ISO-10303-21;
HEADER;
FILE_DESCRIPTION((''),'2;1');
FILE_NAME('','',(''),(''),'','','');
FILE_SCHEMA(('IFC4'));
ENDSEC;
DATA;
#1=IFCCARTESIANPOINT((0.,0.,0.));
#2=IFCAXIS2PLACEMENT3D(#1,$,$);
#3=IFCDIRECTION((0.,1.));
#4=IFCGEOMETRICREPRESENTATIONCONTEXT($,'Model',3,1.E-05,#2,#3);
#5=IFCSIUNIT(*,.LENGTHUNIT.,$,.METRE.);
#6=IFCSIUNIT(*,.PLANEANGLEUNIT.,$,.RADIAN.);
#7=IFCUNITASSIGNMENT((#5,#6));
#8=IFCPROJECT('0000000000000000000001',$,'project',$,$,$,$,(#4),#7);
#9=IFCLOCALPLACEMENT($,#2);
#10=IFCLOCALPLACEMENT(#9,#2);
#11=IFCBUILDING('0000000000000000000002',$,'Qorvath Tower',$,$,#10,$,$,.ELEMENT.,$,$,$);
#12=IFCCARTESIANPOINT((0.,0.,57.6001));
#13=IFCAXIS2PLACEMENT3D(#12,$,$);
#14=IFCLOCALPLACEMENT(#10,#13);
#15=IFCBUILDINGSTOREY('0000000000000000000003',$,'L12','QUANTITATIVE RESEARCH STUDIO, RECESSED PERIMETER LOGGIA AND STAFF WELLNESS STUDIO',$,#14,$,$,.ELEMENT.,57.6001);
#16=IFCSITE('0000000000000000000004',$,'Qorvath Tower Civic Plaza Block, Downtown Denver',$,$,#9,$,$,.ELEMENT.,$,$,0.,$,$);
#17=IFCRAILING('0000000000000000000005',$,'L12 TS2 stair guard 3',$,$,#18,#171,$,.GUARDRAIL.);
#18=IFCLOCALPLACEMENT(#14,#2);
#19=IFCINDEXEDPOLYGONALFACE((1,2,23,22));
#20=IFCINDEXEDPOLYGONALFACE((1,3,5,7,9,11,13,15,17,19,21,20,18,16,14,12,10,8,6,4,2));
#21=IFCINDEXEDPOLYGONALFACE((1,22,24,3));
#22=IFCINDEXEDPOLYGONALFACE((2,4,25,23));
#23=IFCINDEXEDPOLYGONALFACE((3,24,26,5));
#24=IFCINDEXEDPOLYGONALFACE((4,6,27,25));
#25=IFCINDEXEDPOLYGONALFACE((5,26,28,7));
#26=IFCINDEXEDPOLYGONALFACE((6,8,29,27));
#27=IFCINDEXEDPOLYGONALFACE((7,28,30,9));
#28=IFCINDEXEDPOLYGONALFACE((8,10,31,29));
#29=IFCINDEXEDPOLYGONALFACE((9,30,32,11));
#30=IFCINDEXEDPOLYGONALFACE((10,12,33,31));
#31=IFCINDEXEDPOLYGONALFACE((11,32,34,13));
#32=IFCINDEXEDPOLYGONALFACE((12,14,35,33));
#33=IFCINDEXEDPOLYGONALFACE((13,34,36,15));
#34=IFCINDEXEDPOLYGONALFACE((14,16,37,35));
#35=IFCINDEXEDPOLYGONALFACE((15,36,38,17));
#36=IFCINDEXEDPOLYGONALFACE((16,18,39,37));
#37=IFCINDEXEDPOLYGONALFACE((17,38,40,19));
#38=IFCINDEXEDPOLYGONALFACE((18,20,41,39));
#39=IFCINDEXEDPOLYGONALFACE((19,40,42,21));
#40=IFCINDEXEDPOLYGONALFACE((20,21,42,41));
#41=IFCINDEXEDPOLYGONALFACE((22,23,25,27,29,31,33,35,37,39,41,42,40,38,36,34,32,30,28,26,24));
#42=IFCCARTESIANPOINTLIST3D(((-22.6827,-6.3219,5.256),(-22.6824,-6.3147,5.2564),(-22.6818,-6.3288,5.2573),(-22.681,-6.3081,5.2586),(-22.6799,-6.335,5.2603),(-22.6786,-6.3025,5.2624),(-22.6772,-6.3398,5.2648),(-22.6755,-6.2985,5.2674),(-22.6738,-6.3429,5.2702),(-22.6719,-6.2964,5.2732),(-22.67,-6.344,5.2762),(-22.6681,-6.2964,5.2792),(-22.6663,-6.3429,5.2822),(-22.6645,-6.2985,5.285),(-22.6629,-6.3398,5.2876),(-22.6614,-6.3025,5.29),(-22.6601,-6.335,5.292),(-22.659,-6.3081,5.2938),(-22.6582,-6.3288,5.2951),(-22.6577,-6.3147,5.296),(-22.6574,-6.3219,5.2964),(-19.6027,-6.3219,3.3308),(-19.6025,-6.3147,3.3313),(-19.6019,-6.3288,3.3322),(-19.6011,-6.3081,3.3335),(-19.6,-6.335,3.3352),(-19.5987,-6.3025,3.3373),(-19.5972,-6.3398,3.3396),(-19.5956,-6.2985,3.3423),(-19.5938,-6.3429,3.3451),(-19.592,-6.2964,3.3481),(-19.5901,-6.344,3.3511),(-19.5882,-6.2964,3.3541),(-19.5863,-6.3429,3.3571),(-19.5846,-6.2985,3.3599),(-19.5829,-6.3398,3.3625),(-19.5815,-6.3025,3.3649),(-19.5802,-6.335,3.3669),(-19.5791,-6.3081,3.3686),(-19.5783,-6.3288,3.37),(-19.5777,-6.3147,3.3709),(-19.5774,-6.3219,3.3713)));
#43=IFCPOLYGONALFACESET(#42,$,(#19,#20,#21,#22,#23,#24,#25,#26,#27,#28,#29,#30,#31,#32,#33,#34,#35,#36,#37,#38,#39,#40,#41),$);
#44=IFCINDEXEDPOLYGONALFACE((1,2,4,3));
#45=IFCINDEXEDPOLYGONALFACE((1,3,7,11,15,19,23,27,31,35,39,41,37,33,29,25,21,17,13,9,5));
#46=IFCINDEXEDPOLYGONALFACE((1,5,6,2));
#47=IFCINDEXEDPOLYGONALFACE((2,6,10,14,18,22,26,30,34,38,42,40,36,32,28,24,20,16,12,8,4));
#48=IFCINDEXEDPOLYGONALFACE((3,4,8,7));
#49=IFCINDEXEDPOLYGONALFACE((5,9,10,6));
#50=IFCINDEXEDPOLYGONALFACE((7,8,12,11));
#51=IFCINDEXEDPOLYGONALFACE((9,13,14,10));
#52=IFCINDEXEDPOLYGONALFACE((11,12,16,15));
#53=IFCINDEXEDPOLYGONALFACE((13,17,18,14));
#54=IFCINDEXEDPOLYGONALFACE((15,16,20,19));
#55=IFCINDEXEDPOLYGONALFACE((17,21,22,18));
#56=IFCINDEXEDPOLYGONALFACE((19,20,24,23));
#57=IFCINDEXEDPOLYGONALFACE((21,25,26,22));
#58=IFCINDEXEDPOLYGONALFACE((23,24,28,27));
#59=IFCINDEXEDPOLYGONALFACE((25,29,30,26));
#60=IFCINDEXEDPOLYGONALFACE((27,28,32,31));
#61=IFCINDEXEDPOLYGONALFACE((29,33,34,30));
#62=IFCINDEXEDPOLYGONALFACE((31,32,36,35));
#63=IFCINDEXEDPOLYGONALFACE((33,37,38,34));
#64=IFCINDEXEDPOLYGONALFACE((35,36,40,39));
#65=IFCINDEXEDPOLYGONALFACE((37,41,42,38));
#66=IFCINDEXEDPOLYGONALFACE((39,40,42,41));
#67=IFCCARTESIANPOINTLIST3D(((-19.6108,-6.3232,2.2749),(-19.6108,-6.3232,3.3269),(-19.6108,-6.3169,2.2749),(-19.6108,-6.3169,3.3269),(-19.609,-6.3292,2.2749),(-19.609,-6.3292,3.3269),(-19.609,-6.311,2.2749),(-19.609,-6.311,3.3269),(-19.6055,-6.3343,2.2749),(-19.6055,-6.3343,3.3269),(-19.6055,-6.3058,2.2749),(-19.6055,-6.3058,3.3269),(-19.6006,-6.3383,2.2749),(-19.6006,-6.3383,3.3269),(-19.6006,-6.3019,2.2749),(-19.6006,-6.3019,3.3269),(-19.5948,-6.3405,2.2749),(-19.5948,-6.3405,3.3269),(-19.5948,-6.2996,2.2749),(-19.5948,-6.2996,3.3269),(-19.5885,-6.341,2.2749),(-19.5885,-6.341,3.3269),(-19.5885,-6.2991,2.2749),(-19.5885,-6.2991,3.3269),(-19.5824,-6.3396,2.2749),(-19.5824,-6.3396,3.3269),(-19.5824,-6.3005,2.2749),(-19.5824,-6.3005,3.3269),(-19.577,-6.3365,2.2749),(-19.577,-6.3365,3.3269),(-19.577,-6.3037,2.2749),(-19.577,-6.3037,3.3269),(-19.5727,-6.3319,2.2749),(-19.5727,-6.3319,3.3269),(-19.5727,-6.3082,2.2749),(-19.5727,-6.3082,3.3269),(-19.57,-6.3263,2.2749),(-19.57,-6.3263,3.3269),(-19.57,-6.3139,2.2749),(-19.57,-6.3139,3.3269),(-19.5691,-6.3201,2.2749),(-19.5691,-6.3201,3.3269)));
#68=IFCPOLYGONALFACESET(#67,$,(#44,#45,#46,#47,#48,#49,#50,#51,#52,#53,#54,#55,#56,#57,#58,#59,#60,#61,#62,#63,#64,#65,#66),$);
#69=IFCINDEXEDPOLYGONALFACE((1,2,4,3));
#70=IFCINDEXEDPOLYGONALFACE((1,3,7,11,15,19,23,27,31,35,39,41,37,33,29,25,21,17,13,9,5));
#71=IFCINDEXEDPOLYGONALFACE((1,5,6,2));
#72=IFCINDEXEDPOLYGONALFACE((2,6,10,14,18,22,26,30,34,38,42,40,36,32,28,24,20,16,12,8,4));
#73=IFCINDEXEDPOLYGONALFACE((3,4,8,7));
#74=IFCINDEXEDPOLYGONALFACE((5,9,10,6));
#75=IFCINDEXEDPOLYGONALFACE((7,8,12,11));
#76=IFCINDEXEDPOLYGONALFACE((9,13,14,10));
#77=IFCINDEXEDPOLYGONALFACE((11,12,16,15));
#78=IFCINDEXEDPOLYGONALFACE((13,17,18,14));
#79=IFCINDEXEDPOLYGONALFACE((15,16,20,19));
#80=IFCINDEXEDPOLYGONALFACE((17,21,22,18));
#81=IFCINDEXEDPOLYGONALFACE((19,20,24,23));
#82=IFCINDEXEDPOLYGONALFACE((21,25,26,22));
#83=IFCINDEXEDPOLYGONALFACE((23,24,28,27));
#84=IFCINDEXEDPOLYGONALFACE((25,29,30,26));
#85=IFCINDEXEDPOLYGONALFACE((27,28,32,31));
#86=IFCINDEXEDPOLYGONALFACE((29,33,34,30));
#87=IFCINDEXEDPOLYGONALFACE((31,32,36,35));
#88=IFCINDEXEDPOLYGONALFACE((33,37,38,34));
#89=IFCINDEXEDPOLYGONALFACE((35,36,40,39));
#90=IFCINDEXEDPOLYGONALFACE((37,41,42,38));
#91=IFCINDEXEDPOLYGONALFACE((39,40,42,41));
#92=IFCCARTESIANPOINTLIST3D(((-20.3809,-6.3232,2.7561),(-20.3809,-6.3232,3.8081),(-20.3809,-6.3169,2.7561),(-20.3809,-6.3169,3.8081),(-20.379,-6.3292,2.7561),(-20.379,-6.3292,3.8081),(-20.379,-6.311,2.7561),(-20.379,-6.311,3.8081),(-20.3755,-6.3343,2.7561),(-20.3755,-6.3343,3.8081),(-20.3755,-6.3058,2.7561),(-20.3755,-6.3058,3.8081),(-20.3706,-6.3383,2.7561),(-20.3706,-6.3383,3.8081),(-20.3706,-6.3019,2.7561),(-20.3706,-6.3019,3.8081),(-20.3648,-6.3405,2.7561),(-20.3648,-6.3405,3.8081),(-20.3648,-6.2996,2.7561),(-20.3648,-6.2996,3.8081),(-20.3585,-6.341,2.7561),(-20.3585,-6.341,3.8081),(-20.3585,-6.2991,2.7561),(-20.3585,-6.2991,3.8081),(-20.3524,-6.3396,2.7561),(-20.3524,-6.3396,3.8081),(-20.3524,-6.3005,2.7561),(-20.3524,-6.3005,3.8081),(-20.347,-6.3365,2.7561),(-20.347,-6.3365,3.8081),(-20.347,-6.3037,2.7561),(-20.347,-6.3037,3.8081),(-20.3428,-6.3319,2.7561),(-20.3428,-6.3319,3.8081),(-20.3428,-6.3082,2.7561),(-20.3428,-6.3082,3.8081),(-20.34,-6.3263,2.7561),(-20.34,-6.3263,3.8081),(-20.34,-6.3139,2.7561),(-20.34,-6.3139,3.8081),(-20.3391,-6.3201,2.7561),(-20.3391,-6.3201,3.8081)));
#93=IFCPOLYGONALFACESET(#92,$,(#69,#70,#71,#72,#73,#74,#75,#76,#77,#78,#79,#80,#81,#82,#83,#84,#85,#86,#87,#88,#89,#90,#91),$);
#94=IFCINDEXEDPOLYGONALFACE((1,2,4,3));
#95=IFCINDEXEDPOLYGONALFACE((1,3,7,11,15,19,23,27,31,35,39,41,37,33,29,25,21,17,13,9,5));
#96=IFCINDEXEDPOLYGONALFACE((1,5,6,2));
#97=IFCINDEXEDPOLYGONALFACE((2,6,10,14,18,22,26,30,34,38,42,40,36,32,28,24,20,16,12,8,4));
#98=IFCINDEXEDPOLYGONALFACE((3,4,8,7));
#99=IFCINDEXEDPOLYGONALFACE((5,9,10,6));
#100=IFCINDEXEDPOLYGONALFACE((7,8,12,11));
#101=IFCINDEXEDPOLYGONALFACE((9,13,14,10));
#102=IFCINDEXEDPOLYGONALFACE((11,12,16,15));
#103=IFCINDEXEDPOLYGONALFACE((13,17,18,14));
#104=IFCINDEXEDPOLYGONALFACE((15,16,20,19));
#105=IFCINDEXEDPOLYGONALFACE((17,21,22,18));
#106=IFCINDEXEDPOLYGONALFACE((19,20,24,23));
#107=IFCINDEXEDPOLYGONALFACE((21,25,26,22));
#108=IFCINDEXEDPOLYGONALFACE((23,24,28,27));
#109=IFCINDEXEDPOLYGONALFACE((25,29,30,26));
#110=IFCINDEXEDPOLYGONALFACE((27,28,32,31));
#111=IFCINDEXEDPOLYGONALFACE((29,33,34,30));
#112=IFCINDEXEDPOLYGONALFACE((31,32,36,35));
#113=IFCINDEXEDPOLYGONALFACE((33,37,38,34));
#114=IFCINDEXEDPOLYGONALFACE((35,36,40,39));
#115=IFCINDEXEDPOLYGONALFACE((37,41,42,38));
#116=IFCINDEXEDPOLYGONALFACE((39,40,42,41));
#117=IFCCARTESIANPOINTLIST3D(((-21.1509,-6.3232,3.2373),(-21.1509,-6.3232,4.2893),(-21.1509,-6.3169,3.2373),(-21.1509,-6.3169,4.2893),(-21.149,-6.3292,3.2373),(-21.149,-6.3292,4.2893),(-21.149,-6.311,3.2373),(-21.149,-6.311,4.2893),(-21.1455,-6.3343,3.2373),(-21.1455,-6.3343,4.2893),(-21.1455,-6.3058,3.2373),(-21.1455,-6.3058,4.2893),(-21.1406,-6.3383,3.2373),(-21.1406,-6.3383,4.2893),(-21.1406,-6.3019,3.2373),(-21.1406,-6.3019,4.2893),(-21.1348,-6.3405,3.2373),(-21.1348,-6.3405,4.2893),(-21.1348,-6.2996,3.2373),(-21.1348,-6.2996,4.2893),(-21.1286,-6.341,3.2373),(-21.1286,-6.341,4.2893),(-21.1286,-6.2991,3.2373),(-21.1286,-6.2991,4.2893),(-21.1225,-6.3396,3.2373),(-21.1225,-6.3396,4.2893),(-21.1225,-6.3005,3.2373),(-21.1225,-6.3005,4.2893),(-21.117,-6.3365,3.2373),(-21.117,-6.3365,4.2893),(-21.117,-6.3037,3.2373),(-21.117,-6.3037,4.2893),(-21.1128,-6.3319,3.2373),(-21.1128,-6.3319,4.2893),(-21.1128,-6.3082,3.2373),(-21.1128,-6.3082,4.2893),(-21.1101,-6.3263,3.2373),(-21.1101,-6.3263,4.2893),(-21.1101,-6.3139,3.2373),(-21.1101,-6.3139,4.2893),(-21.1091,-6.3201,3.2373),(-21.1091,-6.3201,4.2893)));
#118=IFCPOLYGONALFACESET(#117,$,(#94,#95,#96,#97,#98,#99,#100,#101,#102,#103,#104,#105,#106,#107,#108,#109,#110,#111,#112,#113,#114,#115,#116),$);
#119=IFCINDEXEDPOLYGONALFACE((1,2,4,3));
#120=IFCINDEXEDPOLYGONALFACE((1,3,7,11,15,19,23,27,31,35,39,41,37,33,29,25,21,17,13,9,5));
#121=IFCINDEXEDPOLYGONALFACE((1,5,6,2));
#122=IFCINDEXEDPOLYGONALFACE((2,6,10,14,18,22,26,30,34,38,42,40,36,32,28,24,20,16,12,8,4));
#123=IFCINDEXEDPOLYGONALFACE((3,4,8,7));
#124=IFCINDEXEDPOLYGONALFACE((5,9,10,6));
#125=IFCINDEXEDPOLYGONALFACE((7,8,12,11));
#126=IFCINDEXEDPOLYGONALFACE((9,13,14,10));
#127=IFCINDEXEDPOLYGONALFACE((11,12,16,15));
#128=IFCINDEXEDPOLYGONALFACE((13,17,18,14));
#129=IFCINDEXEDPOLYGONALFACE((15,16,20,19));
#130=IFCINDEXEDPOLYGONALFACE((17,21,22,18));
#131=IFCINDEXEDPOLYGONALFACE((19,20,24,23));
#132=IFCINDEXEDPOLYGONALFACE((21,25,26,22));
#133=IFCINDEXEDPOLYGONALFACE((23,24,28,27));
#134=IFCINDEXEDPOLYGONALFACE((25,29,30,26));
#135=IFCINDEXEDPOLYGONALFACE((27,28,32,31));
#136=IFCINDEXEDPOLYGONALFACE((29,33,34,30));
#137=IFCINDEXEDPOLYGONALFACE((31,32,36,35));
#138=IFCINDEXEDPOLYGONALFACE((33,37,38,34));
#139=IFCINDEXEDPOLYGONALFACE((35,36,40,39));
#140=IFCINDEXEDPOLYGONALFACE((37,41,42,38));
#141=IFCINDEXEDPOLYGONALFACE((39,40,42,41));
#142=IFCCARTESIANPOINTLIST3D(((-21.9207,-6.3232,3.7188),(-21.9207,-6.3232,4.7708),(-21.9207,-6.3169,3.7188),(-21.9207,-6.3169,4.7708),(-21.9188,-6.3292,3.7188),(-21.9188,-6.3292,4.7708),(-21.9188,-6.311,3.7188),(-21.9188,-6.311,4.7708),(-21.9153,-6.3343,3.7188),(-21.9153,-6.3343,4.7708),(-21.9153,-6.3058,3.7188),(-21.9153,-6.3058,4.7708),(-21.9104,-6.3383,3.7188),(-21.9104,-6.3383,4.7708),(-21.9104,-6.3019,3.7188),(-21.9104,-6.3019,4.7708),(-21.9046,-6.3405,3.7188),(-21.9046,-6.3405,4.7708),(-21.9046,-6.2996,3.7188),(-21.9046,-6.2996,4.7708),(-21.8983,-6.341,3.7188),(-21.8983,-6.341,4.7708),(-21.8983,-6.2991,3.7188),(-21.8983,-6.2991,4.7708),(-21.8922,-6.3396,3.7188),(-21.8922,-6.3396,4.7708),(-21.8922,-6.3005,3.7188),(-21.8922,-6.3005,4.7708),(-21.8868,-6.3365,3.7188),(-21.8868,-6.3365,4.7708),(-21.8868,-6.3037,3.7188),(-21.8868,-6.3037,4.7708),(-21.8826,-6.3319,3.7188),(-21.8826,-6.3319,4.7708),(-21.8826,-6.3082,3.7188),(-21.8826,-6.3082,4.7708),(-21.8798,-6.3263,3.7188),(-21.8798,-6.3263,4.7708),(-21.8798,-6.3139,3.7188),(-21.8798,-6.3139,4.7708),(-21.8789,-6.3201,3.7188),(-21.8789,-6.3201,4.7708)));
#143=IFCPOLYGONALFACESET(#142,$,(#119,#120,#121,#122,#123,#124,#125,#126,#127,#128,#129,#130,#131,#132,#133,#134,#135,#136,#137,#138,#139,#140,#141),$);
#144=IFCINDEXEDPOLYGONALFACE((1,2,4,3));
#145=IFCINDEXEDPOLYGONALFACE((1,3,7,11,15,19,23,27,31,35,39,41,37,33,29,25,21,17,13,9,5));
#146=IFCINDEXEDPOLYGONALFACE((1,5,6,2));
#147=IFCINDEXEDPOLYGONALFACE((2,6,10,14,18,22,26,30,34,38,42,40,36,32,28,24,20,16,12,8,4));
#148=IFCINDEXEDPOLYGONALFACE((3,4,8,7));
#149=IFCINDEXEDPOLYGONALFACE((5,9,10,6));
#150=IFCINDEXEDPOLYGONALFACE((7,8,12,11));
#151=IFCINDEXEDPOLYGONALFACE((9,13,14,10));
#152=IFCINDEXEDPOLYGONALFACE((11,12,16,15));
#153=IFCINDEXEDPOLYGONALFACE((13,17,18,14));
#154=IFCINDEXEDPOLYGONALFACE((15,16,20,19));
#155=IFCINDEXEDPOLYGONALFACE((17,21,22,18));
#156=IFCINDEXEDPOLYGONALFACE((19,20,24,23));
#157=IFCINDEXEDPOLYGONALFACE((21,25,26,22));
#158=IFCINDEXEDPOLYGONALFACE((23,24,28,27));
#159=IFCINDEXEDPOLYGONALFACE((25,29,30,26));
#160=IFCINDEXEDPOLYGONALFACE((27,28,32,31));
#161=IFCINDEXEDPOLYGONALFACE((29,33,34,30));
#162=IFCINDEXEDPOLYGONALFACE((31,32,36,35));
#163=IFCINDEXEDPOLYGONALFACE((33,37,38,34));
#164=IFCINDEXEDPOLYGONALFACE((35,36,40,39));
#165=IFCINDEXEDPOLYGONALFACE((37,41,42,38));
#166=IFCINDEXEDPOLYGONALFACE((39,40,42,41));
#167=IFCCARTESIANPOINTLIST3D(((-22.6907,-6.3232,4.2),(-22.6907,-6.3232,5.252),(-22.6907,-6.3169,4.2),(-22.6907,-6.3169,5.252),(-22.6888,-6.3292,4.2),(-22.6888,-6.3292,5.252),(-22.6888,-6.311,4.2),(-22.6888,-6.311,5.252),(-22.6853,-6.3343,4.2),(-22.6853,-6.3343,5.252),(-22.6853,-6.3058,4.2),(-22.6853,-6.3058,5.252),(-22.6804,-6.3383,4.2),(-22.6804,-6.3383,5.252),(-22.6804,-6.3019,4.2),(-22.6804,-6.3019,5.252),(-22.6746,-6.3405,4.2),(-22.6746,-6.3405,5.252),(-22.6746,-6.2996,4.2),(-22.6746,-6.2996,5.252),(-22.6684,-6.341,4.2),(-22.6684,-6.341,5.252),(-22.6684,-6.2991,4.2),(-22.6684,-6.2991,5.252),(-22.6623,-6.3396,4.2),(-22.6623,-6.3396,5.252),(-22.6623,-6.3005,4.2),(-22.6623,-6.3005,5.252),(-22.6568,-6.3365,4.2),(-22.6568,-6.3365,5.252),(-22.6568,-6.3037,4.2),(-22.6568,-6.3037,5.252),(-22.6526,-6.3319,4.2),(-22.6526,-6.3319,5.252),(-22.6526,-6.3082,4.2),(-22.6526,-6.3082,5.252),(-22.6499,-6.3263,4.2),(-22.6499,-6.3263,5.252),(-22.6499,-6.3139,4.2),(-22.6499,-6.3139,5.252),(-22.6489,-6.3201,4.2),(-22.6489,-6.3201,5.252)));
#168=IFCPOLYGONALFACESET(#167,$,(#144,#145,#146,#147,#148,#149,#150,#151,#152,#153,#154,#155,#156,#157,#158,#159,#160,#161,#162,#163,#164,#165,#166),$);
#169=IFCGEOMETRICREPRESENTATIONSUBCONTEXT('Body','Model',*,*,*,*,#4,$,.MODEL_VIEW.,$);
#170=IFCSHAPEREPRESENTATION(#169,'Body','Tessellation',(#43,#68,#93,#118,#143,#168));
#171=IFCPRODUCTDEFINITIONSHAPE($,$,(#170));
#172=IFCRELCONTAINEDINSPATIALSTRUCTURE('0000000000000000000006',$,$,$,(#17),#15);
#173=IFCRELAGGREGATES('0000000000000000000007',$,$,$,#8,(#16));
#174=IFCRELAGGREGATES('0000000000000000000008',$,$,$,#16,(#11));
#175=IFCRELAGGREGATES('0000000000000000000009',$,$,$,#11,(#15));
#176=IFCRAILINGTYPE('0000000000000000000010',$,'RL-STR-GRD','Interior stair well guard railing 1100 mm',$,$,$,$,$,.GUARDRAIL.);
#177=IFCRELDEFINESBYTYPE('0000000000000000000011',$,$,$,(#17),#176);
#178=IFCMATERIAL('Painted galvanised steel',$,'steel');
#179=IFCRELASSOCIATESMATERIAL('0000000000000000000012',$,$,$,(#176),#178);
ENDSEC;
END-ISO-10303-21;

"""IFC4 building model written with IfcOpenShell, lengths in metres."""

from ifc_helpers import new_model, si_unit, direction, frame, origin, origin_2d, place, context, subcontext, project, spatial, circle, extrude, material, type_object, element, save


model = new_model("IFC4")

# Units and contexts
model_context = context("Model", 3, precision=1e-05, world=origin(), true_north=direction((0.0, 1.0)))
body_context = subcontext(model_context, "Body", "Model", "MODEL_VIEW")
ifc_project = project(units=[si_unit("LENGTHUNIT", "METRE"), si_unit("PLANEANGLEUNIT", "RADIAN")], contexts=[model_context])

# Site, building, storey
site_placement = place(None, origin())
site = spatial("IfcSite", under=ifc_project, at=site_placement, Name="Qorvath Tower Civic Plaza Block, Downtown Denver", CompositionType="ELEMENT", RefElevation=0.0)
building_placement = place(site_placement, origin())
building = spatial("IfcBuilding", under=site, at=building_placement, Name="Qorvath Tower", CompositionType="ELEMENT")
storey_placement = place(building_placement, frame((0.0, 0.0, 57.6001)))
storey = spatial("IfcBuildingStorey", under=building, at=storey_placement, Name="L12", Description="QUANTITATIVE RESEARCH STUDIO, RECESSED PERIMETER LOGGIA AND STAFF WELLNESS STUDIO", CompositionType="ELEMENT", Elevation=57.6001)

# Railing
ifc_material_1 = material(Name="Painted galvanised steel", Category="steel")
railing_type_1 = type_object("IfcRailingType", Name="RL-STR-GRD", Description="Interior stair well guard railing 1100 mm", PredefinedType="GUARDRAIL", material=ifc_material_1)
railing_1_placement = place(storey_placement, frame((-19.5901, -6.3201, 2.2749)))
element("IfcRailing", 1, at=railing_1_placement, inside=storey, type_object=railing_type_1, Name="L12 TS2 stair guard 3", PredefinedType="GUARDRAIL", context=body_context, shape_type="SweptSolid", body=[
    extrude(circle(Radius=0.0239, at=origin_2d()), frame((0.0, 0.0, 1.0762), z_axis=(-0.847979, 0.0, 0.530029), x_axis=(0.0, -1.0, 0.0)), (0.0, 0.0, 1.0), 3.6321),
    extrude(circle(Radius=0.021, at=origin_2d()), origin(), (0.0, 0.0, 1.0), 1.052),
    extrude(circle(Radius=0.021, at=origin_2d()), frame((-0.77, 0.0, 0.4812)), (0.0, 0.0, 1.0), 1.052),
    extrude(circle(Radius=0.021, at=origin_2d()), frame((-1.54, 0.0, 0.9624)), (0.0, 0.0, 1.0), 1.052),
    extrude(circle(Radius=0.021, at=origin_2d()), frame((-2.3098, 0.0, 1.4438)), (0.0, 0.0, 1.0), 1.052),
    extrude(circle(Radius=0.021, at=origin_2d()), frame((-3.0798, 0.0, 1.925)), (0.0, 0.0, 1.0), 1.052),
])

save(model, "model.ifc")
